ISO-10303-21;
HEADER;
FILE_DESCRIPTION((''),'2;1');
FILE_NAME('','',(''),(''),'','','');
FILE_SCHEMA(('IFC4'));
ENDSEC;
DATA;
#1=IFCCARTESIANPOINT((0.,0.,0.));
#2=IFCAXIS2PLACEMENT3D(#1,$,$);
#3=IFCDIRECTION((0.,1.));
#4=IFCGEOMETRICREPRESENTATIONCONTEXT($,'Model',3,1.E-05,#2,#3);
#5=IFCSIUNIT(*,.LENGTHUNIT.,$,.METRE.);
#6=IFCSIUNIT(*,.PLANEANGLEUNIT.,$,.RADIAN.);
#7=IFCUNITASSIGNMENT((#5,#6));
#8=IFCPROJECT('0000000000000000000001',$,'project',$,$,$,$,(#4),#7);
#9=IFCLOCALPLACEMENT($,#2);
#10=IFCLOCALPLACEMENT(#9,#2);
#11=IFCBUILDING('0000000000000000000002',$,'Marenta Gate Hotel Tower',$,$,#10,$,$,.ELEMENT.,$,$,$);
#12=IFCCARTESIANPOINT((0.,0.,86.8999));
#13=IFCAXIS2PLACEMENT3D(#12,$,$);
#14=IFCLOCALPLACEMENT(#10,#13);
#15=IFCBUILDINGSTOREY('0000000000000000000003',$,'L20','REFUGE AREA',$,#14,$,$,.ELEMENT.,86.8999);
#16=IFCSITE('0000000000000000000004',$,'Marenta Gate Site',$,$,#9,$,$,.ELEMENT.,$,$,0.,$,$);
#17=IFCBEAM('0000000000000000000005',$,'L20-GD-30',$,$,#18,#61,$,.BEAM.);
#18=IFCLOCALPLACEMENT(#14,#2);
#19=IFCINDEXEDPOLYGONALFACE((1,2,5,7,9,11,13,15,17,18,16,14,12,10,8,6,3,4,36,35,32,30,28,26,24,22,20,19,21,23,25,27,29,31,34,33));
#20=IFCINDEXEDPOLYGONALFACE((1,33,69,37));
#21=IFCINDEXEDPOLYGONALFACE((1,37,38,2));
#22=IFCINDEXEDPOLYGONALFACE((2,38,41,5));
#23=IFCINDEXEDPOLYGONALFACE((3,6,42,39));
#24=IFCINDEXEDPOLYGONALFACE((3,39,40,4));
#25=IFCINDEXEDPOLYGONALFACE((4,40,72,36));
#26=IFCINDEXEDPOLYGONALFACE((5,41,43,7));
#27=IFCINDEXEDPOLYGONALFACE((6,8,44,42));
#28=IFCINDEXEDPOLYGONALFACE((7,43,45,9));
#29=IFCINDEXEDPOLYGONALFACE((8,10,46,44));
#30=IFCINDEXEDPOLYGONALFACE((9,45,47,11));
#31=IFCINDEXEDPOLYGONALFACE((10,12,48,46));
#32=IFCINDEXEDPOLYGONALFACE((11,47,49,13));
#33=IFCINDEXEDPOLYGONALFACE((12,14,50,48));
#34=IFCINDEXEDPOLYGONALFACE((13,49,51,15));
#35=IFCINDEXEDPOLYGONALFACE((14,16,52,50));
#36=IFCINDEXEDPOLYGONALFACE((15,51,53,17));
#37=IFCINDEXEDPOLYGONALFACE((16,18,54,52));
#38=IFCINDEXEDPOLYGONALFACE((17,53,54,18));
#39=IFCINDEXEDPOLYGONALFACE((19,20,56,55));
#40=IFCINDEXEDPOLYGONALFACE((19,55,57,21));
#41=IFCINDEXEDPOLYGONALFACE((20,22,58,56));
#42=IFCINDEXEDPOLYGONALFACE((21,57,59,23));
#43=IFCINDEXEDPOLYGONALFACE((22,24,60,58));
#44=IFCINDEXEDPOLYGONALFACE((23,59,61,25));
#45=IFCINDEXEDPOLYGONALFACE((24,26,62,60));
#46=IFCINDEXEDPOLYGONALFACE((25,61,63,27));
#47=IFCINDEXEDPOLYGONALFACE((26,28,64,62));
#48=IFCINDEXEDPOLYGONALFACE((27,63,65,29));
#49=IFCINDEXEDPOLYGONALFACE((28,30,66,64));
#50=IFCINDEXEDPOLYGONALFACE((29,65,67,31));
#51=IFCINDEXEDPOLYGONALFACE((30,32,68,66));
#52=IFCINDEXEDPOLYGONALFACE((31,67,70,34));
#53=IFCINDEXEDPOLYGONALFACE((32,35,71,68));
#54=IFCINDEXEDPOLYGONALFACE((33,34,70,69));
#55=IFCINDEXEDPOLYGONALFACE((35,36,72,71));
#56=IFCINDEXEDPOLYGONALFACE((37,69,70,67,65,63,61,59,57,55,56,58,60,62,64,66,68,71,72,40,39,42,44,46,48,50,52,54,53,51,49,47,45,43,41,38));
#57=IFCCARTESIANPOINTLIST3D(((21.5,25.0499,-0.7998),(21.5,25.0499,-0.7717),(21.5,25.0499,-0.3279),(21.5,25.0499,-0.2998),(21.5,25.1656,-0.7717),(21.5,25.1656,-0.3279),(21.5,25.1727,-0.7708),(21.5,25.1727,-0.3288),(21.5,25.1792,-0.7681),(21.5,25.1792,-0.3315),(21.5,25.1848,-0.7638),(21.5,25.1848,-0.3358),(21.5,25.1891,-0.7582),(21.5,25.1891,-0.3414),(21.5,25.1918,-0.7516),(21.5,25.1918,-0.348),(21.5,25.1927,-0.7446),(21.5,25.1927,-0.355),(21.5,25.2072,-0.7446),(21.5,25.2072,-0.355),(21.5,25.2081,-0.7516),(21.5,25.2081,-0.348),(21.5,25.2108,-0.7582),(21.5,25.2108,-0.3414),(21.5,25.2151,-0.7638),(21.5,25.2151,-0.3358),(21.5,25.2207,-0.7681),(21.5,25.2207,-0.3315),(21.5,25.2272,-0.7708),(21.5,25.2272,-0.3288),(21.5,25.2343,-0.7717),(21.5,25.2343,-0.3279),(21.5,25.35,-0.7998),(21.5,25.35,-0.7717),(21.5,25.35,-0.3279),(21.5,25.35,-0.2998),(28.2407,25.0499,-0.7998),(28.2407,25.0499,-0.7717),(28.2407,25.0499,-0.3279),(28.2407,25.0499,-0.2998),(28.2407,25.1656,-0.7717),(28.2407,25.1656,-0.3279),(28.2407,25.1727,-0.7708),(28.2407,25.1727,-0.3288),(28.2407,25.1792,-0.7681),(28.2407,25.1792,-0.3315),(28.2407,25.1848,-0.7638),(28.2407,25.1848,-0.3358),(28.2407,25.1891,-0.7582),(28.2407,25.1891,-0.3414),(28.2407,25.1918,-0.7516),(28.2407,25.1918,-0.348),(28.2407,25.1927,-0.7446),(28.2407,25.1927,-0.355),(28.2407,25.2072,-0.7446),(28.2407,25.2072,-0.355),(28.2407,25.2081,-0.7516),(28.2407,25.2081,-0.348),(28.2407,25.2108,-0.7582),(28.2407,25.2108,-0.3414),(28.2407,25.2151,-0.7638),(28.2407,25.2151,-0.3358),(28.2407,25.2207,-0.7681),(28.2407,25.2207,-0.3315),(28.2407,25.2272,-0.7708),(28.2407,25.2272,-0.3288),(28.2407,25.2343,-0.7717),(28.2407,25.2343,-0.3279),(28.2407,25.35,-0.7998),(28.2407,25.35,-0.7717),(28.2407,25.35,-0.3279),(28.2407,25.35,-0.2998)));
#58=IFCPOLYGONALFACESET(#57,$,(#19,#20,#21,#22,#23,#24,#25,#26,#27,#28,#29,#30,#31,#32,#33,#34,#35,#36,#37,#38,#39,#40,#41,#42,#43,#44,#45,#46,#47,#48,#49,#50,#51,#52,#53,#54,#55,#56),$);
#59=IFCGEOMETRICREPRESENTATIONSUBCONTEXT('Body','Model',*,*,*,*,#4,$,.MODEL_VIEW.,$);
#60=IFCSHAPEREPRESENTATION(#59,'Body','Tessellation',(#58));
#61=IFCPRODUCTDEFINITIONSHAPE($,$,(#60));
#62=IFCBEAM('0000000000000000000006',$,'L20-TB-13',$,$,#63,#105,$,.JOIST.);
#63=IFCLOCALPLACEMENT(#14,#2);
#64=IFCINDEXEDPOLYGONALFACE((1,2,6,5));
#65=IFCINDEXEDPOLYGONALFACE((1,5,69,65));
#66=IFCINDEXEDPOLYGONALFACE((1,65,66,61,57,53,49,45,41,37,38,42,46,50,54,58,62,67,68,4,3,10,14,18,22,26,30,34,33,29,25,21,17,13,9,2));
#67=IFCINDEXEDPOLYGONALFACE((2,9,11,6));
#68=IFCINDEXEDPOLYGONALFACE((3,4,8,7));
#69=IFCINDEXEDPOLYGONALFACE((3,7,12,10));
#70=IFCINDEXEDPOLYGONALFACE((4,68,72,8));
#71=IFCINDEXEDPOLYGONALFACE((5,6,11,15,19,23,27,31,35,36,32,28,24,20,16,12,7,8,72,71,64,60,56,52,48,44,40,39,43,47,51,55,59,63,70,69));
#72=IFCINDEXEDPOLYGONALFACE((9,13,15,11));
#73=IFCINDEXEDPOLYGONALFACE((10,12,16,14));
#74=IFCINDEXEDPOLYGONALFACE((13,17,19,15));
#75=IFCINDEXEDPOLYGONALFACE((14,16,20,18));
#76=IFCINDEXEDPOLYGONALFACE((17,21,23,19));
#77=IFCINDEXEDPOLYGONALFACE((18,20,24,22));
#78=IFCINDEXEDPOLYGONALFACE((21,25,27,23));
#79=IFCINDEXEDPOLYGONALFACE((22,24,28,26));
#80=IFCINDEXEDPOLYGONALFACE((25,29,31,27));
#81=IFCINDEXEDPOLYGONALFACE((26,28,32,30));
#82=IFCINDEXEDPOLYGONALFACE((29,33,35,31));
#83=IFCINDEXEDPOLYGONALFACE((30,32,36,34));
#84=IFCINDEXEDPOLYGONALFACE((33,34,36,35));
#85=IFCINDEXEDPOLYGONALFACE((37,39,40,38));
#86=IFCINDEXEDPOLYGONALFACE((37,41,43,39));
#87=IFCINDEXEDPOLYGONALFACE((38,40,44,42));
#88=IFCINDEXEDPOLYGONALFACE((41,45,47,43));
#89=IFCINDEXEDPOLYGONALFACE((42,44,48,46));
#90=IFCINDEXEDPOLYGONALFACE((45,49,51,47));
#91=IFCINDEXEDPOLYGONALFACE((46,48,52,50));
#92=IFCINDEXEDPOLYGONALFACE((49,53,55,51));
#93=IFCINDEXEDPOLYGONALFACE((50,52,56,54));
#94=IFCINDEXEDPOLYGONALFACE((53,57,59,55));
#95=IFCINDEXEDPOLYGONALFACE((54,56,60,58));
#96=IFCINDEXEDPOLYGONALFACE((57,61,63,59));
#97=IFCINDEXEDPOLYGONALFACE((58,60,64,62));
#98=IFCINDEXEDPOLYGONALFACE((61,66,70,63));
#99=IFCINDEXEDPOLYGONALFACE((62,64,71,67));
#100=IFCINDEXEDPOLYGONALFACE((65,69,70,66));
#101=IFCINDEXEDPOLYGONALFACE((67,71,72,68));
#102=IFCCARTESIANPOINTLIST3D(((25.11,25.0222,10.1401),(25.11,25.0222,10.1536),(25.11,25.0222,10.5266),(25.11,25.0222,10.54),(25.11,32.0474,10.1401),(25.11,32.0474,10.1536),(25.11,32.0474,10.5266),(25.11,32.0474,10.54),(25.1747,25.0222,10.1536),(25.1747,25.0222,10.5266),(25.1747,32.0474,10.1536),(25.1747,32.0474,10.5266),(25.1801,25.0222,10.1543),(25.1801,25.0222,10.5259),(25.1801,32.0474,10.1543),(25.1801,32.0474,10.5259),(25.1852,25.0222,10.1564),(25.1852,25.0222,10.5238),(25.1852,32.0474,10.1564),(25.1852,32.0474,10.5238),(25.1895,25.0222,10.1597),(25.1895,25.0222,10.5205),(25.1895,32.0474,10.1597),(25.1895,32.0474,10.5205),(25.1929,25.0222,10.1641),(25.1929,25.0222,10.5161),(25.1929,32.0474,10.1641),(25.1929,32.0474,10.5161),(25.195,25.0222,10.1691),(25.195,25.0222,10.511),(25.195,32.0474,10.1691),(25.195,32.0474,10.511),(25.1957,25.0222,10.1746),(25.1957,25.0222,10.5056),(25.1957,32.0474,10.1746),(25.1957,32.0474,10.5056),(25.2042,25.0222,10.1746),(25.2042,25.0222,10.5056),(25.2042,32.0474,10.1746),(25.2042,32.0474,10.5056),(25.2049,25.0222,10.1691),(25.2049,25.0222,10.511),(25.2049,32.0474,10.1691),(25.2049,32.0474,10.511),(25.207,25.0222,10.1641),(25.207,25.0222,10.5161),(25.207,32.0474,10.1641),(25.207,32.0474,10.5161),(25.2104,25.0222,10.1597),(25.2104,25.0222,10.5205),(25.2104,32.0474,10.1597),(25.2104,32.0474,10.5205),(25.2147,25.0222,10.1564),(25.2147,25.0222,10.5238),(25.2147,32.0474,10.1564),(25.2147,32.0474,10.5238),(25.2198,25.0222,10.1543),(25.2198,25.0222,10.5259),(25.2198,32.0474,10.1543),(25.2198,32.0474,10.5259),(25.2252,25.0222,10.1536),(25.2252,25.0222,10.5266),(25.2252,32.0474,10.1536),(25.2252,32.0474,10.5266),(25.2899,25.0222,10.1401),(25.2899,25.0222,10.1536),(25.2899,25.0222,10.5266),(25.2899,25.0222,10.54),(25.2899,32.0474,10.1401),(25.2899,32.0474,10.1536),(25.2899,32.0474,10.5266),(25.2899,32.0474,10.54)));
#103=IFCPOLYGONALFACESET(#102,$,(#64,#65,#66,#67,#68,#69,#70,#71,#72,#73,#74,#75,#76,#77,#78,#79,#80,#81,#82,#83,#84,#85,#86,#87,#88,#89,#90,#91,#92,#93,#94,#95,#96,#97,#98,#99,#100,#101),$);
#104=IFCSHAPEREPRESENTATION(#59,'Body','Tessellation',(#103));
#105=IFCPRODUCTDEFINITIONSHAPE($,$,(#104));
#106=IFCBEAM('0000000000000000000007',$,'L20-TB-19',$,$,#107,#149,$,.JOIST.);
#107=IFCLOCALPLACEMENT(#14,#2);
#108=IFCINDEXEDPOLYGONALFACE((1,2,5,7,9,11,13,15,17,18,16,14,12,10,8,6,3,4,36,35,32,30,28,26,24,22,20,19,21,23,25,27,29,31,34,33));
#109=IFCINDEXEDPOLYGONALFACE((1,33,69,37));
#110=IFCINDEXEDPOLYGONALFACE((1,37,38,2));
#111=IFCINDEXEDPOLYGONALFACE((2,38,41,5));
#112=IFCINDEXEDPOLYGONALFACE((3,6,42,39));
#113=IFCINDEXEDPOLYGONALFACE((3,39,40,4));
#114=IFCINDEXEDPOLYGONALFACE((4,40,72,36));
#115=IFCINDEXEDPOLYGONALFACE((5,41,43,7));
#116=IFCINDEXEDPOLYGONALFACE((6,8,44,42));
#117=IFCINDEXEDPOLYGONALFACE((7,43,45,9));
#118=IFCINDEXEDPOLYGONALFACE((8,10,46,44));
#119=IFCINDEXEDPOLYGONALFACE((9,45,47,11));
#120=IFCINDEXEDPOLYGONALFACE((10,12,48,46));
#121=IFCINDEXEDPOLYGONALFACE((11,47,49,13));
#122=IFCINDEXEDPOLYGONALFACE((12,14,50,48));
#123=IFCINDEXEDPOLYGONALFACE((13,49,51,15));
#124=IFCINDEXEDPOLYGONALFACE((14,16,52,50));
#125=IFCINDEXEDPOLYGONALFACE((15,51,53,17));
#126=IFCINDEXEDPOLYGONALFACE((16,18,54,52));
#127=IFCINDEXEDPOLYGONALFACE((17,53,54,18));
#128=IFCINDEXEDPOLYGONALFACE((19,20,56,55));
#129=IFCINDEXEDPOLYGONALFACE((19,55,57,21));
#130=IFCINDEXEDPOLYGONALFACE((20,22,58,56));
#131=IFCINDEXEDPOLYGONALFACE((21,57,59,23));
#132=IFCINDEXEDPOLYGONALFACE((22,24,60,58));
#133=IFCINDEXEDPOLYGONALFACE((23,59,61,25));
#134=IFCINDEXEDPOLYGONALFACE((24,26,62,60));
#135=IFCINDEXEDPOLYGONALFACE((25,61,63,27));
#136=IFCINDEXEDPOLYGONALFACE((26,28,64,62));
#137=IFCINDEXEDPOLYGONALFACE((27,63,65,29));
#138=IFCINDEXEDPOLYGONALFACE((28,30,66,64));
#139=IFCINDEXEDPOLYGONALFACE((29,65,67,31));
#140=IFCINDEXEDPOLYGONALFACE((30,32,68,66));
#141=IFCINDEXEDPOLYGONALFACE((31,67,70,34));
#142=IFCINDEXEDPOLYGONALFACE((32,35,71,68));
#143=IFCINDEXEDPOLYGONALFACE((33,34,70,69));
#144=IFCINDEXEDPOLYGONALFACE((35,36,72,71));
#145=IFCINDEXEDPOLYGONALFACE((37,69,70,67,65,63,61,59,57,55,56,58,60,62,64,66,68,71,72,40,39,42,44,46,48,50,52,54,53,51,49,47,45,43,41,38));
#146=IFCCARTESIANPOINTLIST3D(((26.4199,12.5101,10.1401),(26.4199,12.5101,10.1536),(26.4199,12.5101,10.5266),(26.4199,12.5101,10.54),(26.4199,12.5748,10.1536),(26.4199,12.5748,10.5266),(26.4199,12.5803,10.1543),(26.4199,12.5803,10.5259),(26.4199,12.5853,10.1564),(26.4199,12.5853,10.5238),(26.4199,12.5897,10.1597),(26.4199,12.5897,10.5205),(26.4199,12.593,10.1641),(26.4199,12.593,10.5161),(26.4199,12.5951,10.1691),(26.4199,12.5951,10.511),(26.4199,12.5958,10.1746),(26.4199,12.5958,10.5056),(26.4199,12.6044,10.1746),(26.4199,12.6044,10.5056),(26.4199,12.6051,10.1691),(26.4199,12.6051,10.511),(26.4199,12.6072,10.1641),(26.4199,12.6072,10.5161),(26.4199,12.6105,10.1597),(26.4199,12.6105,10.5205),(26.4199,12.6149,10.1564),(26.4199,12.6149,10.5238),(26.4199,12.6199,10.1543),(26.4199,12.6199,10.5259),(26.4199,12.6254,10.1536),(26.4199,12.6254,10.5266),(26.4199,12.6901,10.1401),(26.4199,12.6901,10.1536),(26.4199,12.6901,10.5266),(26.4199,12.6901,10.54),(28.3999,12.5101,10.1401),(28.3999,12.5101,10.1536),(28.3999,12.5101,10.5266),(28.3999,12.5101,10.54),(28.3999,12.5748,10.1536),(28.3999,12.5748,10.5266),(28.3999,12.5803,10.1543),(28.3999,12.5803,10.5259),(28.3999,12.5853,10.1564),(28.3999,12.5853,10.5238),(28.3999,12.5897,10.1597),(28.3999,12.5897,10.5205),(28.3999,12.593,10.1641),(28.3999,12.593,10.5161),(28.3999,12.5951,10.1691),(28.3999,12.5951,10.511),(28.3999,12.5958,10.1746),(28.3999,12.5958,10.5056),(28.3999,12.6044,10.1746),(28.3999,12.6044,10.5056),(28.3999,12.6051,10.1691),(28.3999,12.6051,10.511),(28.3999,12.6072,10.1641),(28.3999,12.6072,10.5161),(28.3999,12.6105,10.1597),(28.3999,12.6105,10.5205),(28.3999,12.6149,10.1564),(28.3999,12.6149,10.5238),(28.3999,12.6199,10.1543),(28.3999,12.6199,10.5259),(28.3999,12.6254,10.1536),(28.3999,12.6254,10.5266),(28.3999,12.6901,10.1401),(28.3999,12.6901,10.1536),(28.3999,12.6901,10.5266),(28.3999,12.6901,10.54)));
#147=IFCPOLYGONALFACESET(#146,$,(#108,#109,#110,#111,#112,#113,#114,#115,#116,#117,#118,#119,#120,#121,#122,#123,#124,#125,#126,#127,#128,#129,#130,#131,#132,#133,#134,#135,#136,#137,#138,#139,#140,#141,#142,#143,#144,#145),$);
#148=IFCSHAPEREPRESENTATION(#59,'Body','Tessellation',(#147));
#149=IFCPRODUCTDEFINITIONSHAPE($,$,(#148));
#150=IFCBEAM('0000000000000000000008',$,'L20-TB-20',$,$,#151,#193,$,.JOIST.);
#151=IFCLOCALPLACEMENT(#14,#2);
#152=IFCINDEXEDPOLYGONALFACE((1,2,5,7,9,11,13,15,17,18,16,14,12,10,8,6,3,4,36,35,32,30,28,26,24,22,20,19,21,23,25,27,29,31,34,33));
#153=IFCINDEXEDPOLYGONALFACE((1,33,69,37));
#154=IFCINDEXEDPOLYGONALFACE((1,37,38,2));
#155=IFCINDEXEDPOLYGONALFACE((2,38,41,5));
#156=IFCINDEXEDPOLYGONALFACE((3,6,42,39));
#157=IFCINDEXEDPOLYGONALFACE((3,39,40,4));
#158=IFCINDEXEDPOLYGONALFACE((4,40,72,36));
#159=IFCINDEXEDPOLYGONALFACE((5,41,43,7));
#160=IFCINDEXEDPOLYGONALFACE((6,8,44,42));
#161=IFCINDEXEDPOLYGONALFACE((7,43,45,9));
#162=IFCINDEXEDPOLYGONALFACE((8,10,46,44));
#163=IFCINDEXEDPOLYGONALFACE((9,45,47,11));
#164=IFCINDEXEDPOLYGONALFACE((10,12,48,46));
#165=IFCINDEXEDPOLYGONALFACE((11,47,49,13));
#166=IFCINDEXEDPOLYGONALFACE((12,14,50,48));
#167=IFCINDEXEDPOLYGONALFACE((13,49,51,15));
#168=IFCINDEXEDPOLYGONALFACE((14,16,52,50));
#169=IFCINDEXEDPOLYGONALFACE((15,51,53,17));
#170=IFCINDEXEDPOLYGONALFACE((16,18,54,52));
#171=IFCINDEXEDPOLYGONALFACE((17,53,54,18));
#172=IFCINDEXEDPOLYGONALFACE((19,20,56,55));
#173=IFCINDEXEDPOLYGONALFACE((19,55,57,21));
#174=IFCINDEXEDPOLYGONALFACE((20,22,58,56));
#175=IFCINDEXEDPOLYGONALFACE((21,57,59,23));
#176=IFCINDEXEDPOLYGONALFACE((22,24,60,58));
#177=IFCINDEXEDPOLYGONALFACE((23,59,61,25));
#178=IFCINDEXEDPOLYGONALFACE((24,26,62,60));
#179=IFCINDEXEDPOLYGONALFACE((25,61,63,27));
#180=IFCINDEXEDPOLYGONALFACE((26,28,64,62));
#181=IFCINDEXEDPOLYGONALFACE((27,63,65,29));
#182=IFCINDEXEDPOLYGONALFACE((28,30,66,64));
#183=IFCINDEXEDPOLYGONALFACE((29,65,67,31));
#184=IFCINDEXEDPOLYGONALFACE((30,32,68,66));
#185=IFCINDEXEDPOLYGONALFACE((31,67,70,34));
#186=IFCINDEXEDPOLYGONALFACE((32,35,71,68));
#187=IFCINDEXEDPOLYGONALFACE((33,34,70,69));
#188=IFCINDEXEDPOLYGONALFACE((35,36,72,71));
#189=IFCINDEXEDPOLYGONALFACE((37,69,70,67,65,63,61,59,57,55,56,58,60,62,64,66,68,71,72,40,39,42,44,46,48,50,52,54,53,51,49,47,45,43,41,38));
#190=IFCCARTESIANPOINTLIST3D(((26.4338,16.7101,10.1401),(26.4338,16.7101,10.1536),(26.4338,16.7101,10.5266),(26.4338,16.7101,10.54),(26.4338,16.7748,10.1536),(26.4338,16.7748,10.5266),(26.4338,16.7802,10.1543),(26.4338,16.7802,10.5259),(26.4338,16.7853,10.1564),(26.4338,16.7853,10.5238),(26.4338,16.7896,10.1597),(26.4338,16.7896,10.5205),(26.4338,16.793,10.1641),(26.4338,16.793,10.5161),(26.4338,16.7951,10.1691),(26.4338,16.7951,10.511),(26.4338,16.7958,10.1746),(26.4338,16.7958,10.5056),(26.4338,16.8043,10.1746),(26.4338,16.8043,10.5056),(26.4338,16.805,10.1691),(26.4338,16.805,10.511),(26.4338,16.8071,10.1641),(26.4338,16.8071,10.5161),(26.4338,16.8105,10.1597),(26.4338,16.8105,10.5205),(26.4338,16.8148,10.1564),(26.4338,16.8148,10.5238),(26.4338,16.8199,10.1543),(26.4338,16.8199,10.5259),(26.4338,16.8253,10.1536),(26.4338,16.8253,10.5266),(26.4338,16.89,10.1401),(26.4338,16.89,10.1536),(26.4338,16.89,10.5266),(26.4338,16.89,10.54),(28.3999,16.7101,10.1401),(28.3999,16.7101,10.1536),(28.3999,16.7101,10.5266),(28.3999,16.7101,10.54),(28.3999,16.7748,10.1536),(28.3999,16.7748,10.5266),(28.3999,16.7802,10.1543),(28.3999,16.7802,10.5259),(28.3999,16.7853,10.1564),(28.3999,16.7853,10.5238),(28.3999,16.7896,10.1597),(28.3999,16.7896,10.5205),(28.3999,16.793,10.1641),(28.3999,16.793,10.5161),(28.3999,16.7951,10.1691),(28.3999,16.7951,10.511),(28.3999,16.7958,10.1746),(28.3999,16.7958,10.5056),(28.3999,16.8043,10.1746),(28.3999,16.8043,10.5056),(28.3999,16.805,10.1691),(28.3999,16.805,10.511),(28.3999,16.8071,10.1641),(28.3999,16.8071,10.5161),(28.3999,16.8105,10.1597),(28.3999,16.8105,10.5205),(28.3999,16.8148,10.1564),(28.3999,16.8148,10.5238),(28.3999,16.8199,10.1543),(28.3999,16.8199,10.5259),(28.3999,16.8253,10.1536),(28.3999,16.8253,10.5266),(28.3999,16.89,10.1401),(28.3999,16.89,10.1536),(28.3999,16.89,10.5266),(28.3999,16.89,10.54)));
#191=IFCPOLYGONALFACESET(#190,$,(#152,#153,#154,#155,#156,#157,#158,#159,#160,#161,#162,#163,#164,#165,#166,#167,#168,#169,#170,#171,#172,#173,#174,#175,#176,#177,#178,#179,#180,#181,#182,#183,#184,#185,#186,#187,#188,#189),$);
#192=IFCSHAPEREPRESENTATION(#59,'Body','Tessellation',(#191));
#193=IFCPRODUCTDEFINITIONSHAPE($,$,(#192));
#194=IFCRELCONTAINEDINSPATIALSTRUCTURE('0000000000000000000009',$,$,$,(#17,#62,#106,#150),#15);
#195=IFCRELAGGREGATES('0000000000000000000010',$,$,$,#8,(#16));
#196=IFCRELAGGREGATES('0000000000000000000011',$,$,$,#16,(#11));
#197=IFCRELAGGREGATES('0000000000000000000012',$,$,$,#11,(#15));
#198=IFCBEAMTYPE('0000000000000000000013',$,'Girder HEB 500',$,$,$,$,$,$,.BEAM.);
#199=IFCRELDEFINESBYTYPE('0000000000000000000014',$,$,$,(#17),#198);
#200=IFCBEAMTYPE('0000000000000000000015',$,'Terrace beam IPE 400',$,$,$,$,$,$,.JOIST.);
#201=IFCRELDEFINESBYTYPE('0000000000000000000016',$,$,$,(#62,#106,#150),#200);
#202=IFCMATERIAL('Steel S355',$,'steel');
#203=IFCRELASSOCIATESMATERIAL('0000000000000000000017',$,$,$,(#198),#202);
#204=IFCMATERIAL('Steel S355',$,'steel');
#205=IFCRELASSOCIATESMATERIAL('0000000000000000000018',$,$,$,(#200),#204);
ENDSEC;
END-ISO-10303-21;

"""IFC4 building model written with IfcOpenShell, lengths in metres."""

from ifc_helpers import new_model, si_unit, direction, frame, origin, origin_2d, place, context, subcontext, project, spatial, i_section, extrude, material, material_profile, profile_set, type_object, element, save


model = new_model("IFC4")

# Units and contexts
model_context = context("Model", 3, precision=1e-05, world=origin(), true_north=direction((0.0, 1.0)))
body_context = subcontext(model_context, "Body", "Model", "MODEL_VIEW")
ifc_project = project(units=[si_unit("LENGTHUNIT", "METRE"), si_unit("PLANEANGLEUNIT", "RADIAN")], contexts=[model_context])

# Site, building, storey
site_placement = place(None, origin())
site = spatial("IfcSite", under=ifc_project, at=site_placement, Name="Marenta Gate Site", CompositionType="ELEMENT", RefElevation=0.0)
building_placement = place(site_placement, origin())
building = spatial("IfcBuilding", under=site, at=building_placement, Name="Marenta Gate Hotel Tower", CompositionType="ELEMENT")
storey_placement = place(building_placement, frame((0.0, 0.0, 86.8999)))
storey = spatial("IfcBuildingStorey", under=building, at=storey_placement, Name="L20", Description="REFUGE AREA", CompositionType="ELEMENT", Elevation=86.8999)

# Beams
ifc_material_1 = material(Name="Steel S355", Category="steel")
ifc_material_profile_1 = material_profile(ifc_material_1, i_section(OverallWidth=0.3, OverallDepth=0.5, WebThickness=0.0144, FlangeThickness=0.0281, FilletRadius=0.0271, at=origin_2d()), Name="HEB 500")
ifc_profile_set_1 = profile_set([ifc_material_profile_1], Name="Steel S355")
beam_type_1 = type_object("IfcBeamType", Name="Girder HEB 500", PredefinedType="BEAM", material=ifc_profile_set_1)
beam_1_placement = place(storey_placement, frame((21.5, 25.2, -0.5498), z_axis=(1.0, 0.0, 0.0), x_axis=(0.0, 1.0, 0.0)))
element("IfcBeam", 1, at=beam_1_placement, inside=storey, type_object=beam_type_1, Name="L20-GD-30", PredefinedType="BEAM", context=body_context, shape_type="SweptSolid", body=[
    extrude(i_section(OverallWidth=0.3, OverallDepth=0.5, WebThickness=0.0144, FlangeThickness=0.0281, FilletRadius=0.0271, at=origin_2d()), origin(), (0.0, 0.0, 1.0), 6.7407),
])
ifc_material_2 = material(Name="Steel S355", Category="steel")
ifc_material_profile_2 = material_profile(ifc_material_2, i_section(OverallWidth=0.1799, OverallDepth=0.3999, WebThickness=0.0085, FlangeThickness=0.0134, FilletRadius=0.021, at=origin_2d()), Name="IPE 400")
ifc_profile_set_2 = profile_set([ifc_material_profile_2], Name="Steel S355")
beam_type_2 = type_object("IfcBeamType", Name="Terrace beam IPE 400", PredefinedType="JOIST", material=ifc_profile_set_2)
beam_2_placement = place(storey_placement, frame((25.2, 25.0222, 10.3401), z_axis=(0.0, 1.0, 0.0), x_axis=(-1.0, 0.0, 0.0)))
element("IfcBeam", 2, at=beam_2_placement, inside=storey, type_object=beam_type_2, Name="L20-TB-13", PredefinedType="JOIST", context=body_context, shape_type="SweptSolid", body=[
    extrude(i_section(OverallWidth=0.1799, OverallDepth=0.3999, WebThickness=0.0085, FlangeThickness=0.0134, FilletRadius=0.021, at=origin_2d()), origin(), (0.0, 0.0, 1.0), 7.0251),
])
beam_3_placement = place(storey_placement, frame((26.4199, 12.6001, 10.3401), z_axis=(1.0, 0.0, 0.0), x_axis=(0.0, 1.0, 0.0)))
element("IfcBeam", 3, at=beam_3_placement, inside=storey, type_object=beam_type_2, Name="L20-TB-19", PredefinedType="JOIST", context=body_context, shape_type="SweptSolid", body=[
    extrude(i_section(OverallWidth=0.1799, OverallDepth=0.3999, WebThickness=0.0085, FlangeThickness=0.0134, FilletRadius=0.021, at=origin_2d()), origin(), (0.0, 0.0, 1.0), 1.98),
])
beam_4_placement = place(storey_placement, frame((26.4338, 16.8, 10.3401), z_axis=(1.0, 0.0, 0.0), x_axis=(0.0, 1.0, 0.0)))
element("IfcBeam", 4, at=beam_4_placement, inside=storey, type_object=beam_type_2, Name="L20-TB-20", PredefinedType="JOIST", context=body_context, shape_type="SweptSolid", body=[
    extrude(i_section(OverallWidth=0.1799, OverallDepth=0.3999, WebThickness=0.0085, FlangeThickness=0.0134, FilletRadius=0.021, at=origin_2d()), origin(), (0.0, 0.0, 1.0), 1.9661),
])

save(model, "model.ifc")
